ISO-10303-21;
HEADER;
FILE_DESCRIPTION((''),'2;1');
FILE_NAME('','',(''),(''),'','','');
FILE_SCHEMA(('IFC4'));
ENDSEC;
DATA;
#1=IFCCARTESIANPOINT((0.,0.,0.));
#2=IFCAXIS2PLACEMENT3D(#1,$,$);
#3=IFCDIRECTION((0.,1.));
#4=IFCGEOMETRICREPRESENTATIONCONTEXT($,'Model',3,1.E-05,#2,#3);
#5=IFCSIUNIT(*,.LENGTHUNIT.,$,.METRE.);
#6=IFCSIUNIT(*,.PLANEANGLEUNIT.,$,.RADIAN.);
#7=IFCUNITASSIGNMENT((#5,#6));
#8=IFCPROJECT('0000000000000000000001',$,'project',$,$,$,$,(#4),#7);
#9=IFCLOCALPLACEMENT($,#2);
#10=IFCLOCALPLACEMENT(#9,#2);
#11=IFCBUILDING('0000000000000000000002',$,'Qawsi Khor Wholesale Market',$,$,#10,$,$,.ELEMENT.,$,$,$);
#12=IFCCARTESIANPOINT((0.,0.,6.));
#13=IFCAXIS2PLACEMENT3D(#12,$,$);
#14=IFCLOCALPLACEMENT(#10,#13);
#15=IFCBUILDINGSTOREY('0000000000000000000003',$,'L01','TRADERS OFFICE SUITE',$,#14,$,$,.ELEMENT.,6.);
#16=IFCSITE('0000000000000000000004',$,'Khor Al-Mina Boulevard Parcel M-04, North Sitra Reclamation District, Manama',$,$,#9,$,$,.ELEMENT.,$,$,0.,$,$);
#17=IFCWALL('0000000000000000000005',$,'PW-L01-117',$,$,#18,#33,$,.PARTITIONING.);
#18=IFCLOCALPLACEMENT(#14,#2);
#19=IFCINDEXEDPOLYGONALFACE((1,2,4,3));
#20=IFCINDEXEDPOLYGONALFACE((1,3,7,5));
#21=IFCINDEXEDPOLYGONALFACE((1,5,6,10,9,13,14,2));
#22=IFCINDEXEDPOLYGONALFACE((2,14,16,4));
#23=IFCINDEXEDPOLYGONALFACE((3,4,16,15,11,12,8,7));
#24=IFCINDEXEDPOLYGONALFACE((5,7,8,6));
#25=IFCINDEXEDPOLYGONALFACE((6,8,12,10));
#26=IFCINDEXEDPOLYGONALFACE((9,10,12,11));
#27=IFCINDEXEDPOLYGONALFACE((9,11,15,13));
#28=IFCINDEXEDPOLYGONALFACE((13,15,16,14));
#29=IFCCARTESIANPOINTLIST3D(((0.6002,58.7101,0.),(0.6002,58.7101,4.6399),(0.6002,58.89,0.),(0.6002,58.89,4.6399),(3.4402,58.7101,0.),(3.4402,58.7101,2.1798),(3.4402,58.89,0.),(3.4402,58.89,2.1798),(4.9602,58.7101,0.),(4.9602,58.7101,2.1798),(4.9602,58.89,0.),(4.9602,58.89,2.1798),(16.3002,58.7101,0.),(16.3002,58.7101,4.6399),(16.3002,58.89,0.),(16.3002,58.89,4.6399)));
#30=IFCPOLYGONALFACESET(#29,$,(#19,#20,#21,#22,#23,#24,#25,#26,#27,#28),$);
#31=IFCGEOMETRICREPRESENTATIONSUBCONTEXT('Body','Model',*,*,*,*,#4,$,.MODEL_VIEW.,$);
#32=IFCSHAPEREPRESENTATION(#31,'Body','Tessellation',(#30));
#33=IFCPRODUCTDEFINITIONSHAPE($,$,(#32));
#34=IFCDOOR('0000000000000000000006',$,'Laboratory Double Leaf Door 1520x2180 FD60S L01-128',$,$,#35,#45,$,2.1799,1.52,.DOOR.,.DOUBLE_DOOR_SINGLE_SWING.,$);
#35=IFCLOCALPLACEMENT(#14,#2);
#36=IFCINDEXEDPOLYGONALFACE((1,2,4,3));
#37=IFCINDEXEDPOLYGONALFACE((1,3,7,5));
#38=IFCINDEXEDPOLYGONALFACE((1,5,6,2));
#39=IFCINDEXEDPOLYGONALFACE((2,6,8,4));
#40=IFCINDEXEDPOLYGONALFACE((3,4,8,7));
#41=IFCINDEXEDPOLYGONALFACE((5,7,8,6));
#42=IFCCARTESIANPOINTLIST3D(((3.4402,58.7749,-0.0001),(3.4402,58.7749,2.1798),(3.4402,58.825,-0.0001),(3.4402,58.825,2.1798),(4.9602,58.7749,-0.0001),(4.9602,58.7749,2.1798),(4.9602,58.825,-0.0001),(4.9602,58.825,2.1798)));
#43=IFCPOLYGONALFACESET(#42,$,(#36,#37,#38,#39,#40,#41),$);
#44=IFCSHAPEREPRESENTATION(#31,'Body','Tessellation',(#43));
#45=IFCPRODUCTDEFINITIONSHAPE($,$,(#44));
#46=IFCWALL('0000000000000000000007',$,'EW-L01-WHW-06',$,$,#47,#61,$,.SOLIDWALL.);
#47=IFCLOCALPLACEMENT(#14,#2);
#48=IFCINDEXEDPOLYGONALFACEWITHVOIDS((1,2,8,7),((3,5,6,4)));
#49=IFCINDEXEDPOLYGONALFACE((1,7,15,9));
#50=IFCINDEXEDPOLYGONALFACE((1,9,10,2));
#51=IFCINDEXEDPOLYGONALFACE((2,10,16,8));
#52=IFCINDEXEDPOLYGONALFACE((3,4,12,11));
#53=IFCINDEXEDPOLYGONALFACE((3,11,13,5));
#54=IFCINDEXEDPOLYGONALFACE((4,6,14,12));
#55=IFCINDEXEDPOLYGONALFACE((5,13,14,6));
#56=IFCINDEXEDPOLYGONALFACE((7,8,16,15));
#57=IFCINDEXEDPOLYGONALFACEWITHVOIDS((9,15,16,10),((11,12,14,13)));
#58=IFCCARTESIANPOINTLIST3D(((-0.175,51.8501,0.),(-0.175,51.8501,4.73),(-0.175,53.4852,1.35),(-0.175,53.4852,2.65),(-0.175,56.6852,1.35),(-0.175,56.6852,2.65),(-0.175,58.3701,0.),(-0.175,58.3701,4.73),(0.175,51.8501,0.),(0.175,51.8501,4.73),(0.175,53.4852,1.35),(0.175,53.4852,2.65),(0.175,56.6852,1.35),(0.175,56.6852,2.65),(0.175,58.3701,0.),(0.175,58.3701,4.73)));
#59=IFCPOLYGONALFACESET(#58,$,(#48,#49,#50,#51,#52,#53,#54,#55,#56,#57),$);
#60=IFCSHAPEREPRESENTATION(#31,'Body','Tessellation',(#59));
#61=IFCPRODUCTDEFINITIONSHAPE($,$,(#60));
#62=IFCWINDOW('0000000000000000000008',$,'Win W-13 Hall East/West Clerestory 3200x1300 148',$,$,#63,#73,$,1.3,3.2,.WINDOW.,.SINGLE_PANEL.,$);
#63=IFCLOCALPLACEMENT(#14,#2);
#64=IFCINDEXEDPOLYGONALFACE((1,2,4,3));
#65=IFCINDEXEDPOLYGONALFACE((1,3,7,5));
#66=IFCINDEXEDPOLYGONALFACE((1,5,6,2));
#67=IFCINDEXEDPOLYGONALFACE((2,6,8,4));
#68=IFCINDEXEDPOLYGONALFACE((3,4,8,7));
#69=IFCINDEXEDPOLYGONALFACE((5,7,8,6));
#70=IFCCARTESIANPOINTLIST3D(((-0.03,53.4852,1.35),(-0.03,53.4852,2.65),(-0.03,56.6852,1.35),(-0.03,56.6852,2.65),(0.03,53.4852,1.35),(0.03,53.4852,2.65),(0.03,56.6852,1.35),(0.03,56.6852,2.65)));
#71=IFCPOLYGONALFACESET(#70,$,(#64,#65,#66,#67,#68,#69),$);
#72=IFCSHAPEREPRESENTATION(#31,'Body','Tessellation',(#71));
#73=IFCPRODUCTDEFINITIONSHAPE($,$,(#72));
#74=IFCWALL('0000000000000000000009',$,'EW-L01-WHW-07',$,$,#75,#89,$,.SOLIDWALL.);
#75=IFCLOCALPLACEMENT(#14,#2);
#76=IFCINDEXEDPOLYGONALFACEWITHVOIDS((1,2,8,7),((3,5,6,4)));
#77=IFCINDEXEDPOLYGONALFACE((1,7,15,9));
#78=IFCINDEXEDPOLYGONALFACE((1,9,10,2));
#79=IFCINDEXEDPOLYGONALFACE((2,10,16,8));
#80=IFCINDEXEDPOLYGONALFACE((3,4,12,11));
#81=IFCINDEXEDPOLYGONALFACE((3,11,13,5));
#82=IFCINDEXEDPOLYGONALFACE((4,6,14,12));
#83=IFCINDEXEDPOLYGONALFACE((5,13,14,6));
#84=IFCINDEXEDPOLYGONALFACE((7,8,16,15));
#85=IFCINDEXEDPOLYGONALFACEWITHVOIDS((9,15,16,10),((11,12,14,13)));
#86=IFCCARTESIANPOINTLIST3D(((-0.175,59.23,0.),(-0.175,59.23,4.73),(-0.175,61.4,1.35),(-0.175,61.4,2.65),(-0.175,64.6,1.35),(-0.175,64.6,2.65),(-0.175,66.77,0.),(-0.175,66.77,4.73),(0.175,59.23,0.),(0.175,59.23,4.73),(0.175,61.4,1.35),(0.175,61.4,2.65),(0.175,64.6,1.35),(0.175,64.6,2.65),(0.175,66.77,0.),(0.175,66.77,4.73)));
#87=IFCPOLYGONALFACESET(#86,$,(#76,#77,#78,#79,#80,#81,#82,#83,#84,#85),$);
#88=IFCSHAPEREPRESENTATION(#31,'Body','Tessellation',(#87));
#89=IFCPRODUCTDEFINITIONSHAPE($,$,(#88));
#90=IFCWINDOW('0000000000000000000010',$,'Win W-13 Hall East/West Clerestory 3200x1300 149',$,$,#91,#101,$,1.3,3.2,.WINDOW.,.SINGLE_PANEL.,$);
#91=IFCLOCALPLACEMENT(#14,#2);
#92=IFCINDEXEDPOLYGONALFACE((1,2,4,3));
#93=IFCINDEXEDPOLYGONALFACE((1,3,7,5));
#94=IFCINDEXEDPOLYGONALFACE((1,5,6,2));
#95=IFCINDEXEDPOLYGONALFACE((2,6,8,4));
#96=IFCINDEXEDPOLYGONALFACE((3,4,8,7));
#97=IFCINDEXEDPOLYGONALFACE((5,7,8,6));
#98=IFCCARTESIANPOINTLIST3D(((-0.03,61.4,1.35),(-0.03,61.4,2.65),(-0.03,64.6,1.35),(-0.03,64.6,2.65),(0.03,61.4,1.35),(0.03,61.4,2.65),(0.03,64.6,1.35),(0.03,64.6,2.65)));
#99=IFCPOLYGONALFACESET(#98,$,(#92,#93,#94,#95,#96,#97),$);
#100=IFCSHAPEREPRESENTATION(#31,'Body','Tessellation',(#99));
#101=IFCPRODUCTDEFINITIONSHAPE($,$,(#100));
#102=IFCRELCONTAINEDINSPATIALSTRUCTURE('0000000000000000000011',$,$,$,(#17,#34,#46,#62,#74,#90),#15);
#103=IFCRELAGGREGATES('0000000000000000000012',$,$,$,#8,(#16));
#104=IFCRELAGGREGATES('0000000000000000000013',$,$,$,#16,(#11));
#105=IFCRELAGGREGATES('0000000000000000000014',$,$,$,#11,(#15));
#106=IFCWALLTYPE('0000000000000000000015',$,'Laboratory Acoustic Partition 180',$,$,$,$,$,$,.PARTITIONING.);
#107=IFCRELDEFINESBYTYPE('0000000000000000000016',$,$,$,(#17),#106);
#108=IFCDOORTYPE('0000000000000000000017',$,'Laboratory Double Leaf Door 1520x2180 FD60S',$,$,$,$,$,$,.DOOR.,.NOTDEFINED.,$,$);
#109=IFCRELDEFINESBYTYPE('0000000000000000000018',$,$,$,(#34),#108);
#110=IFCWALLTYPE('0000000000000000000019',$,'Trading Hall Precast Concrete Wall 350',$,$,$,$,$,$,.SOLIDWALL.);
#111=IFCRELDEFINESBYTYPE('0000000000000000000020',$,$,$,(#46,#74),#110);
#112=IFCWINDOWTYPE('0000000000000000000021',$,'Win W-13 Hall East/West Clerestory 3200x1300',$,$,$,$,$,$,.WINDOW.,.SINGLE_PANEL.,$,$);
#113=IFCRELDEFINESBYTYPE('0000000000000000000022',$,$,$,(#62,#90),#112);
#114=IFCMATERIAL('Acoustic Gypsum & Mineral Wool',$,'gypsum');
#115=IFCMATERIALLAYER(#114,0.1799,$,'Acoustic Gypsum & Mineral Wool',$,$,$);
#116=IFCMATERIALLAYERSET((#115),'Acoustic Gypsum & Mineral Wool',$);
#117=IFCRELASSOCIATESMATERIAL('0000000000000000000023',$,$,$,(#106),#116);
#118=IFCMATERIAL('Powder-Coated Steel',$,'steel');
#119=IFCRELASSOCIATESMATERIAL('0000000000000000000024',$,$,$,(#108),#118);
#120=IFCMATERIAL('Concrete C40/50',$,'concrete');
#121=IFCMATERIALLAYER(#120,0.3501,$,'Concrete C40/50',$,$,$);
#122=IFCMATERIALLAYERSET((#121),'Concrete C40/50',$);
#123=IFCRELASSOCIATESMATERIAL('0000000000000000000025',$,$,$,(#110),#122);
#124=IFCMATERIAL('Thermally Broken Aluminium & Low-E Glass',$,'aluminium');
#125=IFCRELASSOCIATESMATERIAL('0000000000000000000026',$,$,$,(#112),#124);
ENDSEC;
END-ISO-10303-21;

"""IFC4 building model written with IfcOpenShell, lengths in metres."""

from ifc_helpers import new_model, si_unit, direction, frame, frame_2d, origin, place, context, subcontext, project, spatial, rectangle, extrude, material, layer, layer_set, type_object, element, fill, save


model = new_model("IFC4")

# Units and contexts
model_context = context("Model", 3, precision=1e-05, world=origin(), true_north=direction((0.0, 1.0)))
body_context = subcontext(model_context, "Body", "Model", "MODEL_VIEW")
ifc_project = project(units=[si_unit("LENGTHUNIT", "METRE"), si_unit("PLANEANGLEUNIT", "RADIAN")], contexts=[model_context])

# Site, building, storey
site_placement = place(None, origin())
site = spatial("IfcSite", under=ifc_project, at=site_placement, Name="Khor Al-Mina Boulevard Parcel M-04, North Sitra Reclamation District, Manama", CompositionType="ELEMENT", RefElevation=0.0)
building_placement = place(site_placement, origin())
building = spatial("IfcBuilding", under=site, at=building_placement, Name="Qawsi Khor Wholesale Market", CompositionType="ELEMENT")
storey_placement = place(building_placement, frame((0.0, 0.0, 6.0)))
storey = spatial("IfcBuildingStorey", under=building, at=storey_placement, Name="L01", Description="TRADERS OFFICE SUITE", CompositionType="ELEMENT", Elevation=6.0)

# Shared definitions
ifc_material_1 = material(Name="Concrete C40/50", Category="concrete")

# Wall, opening, door
ifc_material_2 = material(Name="Acoustic Gypsum & Mineral Wool", Category="gypsum")
ifc_layer_1 = layer(ifc_material_2, 0.1799, Name="Acoustic Gypsum & Mineral Wool")
ifc_layer_set_1 = layer_set([ifc_layer_1], Name="Acoustic Gypsum & Mineral Wool")
wall_type_1 = type_object("IfcWallType", Name="Laboratory Acoustic Partition 180", PredefinedType="PARTITIONING", material=ifc_layer_set_1)
wall_1_placement = place(storey_placement, frame((0.6001, 58.8, 0.0), z_axis=(0.0, 0.0, 1.0), x_axis=(1.0, 0.0, 0.0)))
wall_1 = element("IfcWall", 1, at=wall_1_placement, inside=storey, type_object=wall_type_1, Name="PW-L01-117", PredefinedType="PARTITIONING", context=body_context, shape_type="SweptSolid", body=[
    extrude(rectangle(XDim=15.7, YDim=0.1799, at=frame_2d((7.8501, 0.0))), origin(), (0.0, 0.0, 1.0), 4.6399),
])
opening_1_placement = place(wall_1_placement, frame((2.8401, 0.0, 0.0)))
opening_1 = element("IfcOpeningElement", 2, at=opening_1_placement, cuts=wall_1, PredefinedType="OPENING", context=body_context, shape_type="SweptSolid", body=[
    extrude(rectangle(XDim=1.52, YDim=2.1799, at=frame_2d((0.76, 1.0898))), frame((0.0, 0.0999, 0.0), z_axis=(0.0, -1.0, 0.0), x_axis=(1.0, 0.0, 0.0)), (0.0, 0.0, 1.0), 0.2),
])
ifc_material_3 = material(Name="Powder-Coated Steel", Category="steel")
door_type_1 = type_object("IfcDoorType", Name="Laboratory Double Leaf Door 1520x2180 FD60S", OperationType="NOTDEFINED", PredefinedType="DOOR", material=ifc_material_3)
door_1_placement = place(opening_1_placement, origin())
door_1 = element("IfcDoor", 3, at=door_1_placement, inside=storey, type_object=door_type_1, Name="Laboratory Double Leaf Door 1520x2180 FD60S L01-128", OperationType="DOUBLE_DOOR_SINGLE_SWING", OverallHeight=2.1799, OverallWidth=1.52, PredefinedType="DOOR", context=body_context, shape_type="SweptSolid", body=[
    extrude(rectangle(XDim=1.52, YDim=2.1799, at=frame_2d((0.76, 1.0898))), frame((0.0, 0.0249, 0.0), z_axis=(0.0, -1.0, 0.0), x_axis=(1.0, 0.0, 0.0)), (0.0, 0.0, 1.0), 0.05),
])
fill(opening_1, door_1)

# Walls, openings, windows
ifc_layer_2 = layer(ifc_material_1, 0.3501, Name="Concrete C40/50")
ifc_layer_set_2 = layer_set([ifc_layer_2], Name="Concrete C40/50")
wall_type_2 = type_object("IfcWallType", Name="Trading Hall Precast Concrete Wall 350", PredefinedType="SOLIDWALL", material=ifc_layer_set_2)
wall_2_placement = place(storey_placement, frame((0.0, 51.8501, 0.0), z_axis=(0.0, 0.0, 1.0), x_axis=(0.0, 1.0, 0.0)))
wall_2 = element("IfcWall", 4, at=wall_2_placement, inside=storey, type_object=wall_type_2, Name="EW-L01-WHW-06", PredefinedType="SOLIDWALL", context=body_context, shape_type="SweptSolid", body=[
    extrude(rectangle(XDim=6.52, YDim=0.3501, at=frame_2d((3.26, 0.0))), origin(), (0.0, 0.0, 1.0), 4.73),
])
opening_2_placement = place(wall_2_placement, frame((1.635, 0.0, 1.3501)))
opening_2 = element("IfcOpeningElement", 5, at=opening_2_placement, cuts=wall_2, PredefinedType="OPENING", context=body_context, shape_type="SweptSolid", body=[
    extrude(rectangle(XDim=3.2, YDim=1.3, at=frame_2d((1.6001, 0.6499))), frame((0.0, 0.1851, 0.0), z_axis=(0.0, -1.0, 0.0), x_axis=(1.0, 0.0, 0.0)), (0.0, 0.0, 1.0), 0.3701),
])
ifc_material_4 = material(Name="Thermally Broken Aluminium & Low-E Glass", Category="aluminium")
window_type = type_object("IfcWindowType", Name="Win W-13 Hall East/West Clerestory 3200x1300", PartitioningType="SINGLE_PANEL", PredefinedType="WINDOW", material=ifc_material_4)
window_1_placement = place(opening_2_placement, origin())
window_1 = element("IfcWindow", 6, at=window_1_placement, inside=storey, type_object=window_type, Name="Win W-13 Hall East/West Clerestory 3200x1300 148", OverallHeight=1.3, OverallWidth=3.2, PartitioningType="SINGLE_PANEL", PredefinedType="WINDOW", context=body_context, shape_type="SweptSolid", body=[
    extrude(rectangle(XDim=3.2, YDim=1.3, at=frame_2d((1.6001, 0.6499))), frame((0.0, 0.03, 0.0), z_axis=(0.0, -1.0, 0.0), x_axis=(1.0, 0.0, 0.0)), (0.0, 0.0, 1.0), 0.0601),
])
fill(opening_2, window_1)
wall_3_placement = place(storey_placement, frame((0.0, 59.23, 0.0), z_axis=(0.0, 0.0, 1.0), x_axis=(0.0, 1.0, 0.0)))
wall_3 = element("IfcWall", 7, at=wall_3_placement, inside=storey, type_object=wall_type_2, Name="EW-L01-WHW-07", PredefinedType="SOLIDWALL", context=body_context, shape_type="SweptSolid", body=[
    extrude(rectangle(XDim=7.54, YDim=0.3501, at=frame_2d((3.77, 0.0))), origin(), (0.0, 0.0, 1.0), 4.73),
])
opening_3_placement = place(wall_3_placement, frame((2.1699, 0.0, 1.3501)))
opening_3 = element("IfcOpeningElement", 8, at=opening_3_placement, cuts=wall_3, PredefinedType="OPENING", context=body_context, shape_type="SweptSolid", body=[
    extrude(rectangle(XDim=3.2, YDim=1.3, at=frame_2d((1.6001, 0.6499))), frame((0.0, 0.1851, 0.0), z_axis=(0.0, -1.0, 0.0), x_axis=(1.0, 0.0, 0.0)), (0.0, 0.0, 1.0), 0.3701),
])
window_2_placement = place(opening_3_placement, origin())
window_2 = element("IfcWindow", 9, at=window_2_placement, inside=storey, type_object=window_type, Name="Win W-13 Hall East/West Clerestory 3200x1300 149", OverallHeight=1.3, OverallWidth=3.2, PartitioningType="SINGLE_PANEL", PredefinedType="WINDOW", context=body_context, shape_type="SweptSolid", body=[
    extrude(rectangle(XDim=3.2, YDim=1.3, at=frame_2d((1.6001, 0.6499))), frame((0.0, 0.03, 0.0), z_axis=(0.0, -1.0, 0.0), x_axis=(1.0, 0.0, 0.0)), (0.0, 0.0, 1.0), 0.0601),
])
fill(opening_3, window_2)

save(model, "model.ifc")
